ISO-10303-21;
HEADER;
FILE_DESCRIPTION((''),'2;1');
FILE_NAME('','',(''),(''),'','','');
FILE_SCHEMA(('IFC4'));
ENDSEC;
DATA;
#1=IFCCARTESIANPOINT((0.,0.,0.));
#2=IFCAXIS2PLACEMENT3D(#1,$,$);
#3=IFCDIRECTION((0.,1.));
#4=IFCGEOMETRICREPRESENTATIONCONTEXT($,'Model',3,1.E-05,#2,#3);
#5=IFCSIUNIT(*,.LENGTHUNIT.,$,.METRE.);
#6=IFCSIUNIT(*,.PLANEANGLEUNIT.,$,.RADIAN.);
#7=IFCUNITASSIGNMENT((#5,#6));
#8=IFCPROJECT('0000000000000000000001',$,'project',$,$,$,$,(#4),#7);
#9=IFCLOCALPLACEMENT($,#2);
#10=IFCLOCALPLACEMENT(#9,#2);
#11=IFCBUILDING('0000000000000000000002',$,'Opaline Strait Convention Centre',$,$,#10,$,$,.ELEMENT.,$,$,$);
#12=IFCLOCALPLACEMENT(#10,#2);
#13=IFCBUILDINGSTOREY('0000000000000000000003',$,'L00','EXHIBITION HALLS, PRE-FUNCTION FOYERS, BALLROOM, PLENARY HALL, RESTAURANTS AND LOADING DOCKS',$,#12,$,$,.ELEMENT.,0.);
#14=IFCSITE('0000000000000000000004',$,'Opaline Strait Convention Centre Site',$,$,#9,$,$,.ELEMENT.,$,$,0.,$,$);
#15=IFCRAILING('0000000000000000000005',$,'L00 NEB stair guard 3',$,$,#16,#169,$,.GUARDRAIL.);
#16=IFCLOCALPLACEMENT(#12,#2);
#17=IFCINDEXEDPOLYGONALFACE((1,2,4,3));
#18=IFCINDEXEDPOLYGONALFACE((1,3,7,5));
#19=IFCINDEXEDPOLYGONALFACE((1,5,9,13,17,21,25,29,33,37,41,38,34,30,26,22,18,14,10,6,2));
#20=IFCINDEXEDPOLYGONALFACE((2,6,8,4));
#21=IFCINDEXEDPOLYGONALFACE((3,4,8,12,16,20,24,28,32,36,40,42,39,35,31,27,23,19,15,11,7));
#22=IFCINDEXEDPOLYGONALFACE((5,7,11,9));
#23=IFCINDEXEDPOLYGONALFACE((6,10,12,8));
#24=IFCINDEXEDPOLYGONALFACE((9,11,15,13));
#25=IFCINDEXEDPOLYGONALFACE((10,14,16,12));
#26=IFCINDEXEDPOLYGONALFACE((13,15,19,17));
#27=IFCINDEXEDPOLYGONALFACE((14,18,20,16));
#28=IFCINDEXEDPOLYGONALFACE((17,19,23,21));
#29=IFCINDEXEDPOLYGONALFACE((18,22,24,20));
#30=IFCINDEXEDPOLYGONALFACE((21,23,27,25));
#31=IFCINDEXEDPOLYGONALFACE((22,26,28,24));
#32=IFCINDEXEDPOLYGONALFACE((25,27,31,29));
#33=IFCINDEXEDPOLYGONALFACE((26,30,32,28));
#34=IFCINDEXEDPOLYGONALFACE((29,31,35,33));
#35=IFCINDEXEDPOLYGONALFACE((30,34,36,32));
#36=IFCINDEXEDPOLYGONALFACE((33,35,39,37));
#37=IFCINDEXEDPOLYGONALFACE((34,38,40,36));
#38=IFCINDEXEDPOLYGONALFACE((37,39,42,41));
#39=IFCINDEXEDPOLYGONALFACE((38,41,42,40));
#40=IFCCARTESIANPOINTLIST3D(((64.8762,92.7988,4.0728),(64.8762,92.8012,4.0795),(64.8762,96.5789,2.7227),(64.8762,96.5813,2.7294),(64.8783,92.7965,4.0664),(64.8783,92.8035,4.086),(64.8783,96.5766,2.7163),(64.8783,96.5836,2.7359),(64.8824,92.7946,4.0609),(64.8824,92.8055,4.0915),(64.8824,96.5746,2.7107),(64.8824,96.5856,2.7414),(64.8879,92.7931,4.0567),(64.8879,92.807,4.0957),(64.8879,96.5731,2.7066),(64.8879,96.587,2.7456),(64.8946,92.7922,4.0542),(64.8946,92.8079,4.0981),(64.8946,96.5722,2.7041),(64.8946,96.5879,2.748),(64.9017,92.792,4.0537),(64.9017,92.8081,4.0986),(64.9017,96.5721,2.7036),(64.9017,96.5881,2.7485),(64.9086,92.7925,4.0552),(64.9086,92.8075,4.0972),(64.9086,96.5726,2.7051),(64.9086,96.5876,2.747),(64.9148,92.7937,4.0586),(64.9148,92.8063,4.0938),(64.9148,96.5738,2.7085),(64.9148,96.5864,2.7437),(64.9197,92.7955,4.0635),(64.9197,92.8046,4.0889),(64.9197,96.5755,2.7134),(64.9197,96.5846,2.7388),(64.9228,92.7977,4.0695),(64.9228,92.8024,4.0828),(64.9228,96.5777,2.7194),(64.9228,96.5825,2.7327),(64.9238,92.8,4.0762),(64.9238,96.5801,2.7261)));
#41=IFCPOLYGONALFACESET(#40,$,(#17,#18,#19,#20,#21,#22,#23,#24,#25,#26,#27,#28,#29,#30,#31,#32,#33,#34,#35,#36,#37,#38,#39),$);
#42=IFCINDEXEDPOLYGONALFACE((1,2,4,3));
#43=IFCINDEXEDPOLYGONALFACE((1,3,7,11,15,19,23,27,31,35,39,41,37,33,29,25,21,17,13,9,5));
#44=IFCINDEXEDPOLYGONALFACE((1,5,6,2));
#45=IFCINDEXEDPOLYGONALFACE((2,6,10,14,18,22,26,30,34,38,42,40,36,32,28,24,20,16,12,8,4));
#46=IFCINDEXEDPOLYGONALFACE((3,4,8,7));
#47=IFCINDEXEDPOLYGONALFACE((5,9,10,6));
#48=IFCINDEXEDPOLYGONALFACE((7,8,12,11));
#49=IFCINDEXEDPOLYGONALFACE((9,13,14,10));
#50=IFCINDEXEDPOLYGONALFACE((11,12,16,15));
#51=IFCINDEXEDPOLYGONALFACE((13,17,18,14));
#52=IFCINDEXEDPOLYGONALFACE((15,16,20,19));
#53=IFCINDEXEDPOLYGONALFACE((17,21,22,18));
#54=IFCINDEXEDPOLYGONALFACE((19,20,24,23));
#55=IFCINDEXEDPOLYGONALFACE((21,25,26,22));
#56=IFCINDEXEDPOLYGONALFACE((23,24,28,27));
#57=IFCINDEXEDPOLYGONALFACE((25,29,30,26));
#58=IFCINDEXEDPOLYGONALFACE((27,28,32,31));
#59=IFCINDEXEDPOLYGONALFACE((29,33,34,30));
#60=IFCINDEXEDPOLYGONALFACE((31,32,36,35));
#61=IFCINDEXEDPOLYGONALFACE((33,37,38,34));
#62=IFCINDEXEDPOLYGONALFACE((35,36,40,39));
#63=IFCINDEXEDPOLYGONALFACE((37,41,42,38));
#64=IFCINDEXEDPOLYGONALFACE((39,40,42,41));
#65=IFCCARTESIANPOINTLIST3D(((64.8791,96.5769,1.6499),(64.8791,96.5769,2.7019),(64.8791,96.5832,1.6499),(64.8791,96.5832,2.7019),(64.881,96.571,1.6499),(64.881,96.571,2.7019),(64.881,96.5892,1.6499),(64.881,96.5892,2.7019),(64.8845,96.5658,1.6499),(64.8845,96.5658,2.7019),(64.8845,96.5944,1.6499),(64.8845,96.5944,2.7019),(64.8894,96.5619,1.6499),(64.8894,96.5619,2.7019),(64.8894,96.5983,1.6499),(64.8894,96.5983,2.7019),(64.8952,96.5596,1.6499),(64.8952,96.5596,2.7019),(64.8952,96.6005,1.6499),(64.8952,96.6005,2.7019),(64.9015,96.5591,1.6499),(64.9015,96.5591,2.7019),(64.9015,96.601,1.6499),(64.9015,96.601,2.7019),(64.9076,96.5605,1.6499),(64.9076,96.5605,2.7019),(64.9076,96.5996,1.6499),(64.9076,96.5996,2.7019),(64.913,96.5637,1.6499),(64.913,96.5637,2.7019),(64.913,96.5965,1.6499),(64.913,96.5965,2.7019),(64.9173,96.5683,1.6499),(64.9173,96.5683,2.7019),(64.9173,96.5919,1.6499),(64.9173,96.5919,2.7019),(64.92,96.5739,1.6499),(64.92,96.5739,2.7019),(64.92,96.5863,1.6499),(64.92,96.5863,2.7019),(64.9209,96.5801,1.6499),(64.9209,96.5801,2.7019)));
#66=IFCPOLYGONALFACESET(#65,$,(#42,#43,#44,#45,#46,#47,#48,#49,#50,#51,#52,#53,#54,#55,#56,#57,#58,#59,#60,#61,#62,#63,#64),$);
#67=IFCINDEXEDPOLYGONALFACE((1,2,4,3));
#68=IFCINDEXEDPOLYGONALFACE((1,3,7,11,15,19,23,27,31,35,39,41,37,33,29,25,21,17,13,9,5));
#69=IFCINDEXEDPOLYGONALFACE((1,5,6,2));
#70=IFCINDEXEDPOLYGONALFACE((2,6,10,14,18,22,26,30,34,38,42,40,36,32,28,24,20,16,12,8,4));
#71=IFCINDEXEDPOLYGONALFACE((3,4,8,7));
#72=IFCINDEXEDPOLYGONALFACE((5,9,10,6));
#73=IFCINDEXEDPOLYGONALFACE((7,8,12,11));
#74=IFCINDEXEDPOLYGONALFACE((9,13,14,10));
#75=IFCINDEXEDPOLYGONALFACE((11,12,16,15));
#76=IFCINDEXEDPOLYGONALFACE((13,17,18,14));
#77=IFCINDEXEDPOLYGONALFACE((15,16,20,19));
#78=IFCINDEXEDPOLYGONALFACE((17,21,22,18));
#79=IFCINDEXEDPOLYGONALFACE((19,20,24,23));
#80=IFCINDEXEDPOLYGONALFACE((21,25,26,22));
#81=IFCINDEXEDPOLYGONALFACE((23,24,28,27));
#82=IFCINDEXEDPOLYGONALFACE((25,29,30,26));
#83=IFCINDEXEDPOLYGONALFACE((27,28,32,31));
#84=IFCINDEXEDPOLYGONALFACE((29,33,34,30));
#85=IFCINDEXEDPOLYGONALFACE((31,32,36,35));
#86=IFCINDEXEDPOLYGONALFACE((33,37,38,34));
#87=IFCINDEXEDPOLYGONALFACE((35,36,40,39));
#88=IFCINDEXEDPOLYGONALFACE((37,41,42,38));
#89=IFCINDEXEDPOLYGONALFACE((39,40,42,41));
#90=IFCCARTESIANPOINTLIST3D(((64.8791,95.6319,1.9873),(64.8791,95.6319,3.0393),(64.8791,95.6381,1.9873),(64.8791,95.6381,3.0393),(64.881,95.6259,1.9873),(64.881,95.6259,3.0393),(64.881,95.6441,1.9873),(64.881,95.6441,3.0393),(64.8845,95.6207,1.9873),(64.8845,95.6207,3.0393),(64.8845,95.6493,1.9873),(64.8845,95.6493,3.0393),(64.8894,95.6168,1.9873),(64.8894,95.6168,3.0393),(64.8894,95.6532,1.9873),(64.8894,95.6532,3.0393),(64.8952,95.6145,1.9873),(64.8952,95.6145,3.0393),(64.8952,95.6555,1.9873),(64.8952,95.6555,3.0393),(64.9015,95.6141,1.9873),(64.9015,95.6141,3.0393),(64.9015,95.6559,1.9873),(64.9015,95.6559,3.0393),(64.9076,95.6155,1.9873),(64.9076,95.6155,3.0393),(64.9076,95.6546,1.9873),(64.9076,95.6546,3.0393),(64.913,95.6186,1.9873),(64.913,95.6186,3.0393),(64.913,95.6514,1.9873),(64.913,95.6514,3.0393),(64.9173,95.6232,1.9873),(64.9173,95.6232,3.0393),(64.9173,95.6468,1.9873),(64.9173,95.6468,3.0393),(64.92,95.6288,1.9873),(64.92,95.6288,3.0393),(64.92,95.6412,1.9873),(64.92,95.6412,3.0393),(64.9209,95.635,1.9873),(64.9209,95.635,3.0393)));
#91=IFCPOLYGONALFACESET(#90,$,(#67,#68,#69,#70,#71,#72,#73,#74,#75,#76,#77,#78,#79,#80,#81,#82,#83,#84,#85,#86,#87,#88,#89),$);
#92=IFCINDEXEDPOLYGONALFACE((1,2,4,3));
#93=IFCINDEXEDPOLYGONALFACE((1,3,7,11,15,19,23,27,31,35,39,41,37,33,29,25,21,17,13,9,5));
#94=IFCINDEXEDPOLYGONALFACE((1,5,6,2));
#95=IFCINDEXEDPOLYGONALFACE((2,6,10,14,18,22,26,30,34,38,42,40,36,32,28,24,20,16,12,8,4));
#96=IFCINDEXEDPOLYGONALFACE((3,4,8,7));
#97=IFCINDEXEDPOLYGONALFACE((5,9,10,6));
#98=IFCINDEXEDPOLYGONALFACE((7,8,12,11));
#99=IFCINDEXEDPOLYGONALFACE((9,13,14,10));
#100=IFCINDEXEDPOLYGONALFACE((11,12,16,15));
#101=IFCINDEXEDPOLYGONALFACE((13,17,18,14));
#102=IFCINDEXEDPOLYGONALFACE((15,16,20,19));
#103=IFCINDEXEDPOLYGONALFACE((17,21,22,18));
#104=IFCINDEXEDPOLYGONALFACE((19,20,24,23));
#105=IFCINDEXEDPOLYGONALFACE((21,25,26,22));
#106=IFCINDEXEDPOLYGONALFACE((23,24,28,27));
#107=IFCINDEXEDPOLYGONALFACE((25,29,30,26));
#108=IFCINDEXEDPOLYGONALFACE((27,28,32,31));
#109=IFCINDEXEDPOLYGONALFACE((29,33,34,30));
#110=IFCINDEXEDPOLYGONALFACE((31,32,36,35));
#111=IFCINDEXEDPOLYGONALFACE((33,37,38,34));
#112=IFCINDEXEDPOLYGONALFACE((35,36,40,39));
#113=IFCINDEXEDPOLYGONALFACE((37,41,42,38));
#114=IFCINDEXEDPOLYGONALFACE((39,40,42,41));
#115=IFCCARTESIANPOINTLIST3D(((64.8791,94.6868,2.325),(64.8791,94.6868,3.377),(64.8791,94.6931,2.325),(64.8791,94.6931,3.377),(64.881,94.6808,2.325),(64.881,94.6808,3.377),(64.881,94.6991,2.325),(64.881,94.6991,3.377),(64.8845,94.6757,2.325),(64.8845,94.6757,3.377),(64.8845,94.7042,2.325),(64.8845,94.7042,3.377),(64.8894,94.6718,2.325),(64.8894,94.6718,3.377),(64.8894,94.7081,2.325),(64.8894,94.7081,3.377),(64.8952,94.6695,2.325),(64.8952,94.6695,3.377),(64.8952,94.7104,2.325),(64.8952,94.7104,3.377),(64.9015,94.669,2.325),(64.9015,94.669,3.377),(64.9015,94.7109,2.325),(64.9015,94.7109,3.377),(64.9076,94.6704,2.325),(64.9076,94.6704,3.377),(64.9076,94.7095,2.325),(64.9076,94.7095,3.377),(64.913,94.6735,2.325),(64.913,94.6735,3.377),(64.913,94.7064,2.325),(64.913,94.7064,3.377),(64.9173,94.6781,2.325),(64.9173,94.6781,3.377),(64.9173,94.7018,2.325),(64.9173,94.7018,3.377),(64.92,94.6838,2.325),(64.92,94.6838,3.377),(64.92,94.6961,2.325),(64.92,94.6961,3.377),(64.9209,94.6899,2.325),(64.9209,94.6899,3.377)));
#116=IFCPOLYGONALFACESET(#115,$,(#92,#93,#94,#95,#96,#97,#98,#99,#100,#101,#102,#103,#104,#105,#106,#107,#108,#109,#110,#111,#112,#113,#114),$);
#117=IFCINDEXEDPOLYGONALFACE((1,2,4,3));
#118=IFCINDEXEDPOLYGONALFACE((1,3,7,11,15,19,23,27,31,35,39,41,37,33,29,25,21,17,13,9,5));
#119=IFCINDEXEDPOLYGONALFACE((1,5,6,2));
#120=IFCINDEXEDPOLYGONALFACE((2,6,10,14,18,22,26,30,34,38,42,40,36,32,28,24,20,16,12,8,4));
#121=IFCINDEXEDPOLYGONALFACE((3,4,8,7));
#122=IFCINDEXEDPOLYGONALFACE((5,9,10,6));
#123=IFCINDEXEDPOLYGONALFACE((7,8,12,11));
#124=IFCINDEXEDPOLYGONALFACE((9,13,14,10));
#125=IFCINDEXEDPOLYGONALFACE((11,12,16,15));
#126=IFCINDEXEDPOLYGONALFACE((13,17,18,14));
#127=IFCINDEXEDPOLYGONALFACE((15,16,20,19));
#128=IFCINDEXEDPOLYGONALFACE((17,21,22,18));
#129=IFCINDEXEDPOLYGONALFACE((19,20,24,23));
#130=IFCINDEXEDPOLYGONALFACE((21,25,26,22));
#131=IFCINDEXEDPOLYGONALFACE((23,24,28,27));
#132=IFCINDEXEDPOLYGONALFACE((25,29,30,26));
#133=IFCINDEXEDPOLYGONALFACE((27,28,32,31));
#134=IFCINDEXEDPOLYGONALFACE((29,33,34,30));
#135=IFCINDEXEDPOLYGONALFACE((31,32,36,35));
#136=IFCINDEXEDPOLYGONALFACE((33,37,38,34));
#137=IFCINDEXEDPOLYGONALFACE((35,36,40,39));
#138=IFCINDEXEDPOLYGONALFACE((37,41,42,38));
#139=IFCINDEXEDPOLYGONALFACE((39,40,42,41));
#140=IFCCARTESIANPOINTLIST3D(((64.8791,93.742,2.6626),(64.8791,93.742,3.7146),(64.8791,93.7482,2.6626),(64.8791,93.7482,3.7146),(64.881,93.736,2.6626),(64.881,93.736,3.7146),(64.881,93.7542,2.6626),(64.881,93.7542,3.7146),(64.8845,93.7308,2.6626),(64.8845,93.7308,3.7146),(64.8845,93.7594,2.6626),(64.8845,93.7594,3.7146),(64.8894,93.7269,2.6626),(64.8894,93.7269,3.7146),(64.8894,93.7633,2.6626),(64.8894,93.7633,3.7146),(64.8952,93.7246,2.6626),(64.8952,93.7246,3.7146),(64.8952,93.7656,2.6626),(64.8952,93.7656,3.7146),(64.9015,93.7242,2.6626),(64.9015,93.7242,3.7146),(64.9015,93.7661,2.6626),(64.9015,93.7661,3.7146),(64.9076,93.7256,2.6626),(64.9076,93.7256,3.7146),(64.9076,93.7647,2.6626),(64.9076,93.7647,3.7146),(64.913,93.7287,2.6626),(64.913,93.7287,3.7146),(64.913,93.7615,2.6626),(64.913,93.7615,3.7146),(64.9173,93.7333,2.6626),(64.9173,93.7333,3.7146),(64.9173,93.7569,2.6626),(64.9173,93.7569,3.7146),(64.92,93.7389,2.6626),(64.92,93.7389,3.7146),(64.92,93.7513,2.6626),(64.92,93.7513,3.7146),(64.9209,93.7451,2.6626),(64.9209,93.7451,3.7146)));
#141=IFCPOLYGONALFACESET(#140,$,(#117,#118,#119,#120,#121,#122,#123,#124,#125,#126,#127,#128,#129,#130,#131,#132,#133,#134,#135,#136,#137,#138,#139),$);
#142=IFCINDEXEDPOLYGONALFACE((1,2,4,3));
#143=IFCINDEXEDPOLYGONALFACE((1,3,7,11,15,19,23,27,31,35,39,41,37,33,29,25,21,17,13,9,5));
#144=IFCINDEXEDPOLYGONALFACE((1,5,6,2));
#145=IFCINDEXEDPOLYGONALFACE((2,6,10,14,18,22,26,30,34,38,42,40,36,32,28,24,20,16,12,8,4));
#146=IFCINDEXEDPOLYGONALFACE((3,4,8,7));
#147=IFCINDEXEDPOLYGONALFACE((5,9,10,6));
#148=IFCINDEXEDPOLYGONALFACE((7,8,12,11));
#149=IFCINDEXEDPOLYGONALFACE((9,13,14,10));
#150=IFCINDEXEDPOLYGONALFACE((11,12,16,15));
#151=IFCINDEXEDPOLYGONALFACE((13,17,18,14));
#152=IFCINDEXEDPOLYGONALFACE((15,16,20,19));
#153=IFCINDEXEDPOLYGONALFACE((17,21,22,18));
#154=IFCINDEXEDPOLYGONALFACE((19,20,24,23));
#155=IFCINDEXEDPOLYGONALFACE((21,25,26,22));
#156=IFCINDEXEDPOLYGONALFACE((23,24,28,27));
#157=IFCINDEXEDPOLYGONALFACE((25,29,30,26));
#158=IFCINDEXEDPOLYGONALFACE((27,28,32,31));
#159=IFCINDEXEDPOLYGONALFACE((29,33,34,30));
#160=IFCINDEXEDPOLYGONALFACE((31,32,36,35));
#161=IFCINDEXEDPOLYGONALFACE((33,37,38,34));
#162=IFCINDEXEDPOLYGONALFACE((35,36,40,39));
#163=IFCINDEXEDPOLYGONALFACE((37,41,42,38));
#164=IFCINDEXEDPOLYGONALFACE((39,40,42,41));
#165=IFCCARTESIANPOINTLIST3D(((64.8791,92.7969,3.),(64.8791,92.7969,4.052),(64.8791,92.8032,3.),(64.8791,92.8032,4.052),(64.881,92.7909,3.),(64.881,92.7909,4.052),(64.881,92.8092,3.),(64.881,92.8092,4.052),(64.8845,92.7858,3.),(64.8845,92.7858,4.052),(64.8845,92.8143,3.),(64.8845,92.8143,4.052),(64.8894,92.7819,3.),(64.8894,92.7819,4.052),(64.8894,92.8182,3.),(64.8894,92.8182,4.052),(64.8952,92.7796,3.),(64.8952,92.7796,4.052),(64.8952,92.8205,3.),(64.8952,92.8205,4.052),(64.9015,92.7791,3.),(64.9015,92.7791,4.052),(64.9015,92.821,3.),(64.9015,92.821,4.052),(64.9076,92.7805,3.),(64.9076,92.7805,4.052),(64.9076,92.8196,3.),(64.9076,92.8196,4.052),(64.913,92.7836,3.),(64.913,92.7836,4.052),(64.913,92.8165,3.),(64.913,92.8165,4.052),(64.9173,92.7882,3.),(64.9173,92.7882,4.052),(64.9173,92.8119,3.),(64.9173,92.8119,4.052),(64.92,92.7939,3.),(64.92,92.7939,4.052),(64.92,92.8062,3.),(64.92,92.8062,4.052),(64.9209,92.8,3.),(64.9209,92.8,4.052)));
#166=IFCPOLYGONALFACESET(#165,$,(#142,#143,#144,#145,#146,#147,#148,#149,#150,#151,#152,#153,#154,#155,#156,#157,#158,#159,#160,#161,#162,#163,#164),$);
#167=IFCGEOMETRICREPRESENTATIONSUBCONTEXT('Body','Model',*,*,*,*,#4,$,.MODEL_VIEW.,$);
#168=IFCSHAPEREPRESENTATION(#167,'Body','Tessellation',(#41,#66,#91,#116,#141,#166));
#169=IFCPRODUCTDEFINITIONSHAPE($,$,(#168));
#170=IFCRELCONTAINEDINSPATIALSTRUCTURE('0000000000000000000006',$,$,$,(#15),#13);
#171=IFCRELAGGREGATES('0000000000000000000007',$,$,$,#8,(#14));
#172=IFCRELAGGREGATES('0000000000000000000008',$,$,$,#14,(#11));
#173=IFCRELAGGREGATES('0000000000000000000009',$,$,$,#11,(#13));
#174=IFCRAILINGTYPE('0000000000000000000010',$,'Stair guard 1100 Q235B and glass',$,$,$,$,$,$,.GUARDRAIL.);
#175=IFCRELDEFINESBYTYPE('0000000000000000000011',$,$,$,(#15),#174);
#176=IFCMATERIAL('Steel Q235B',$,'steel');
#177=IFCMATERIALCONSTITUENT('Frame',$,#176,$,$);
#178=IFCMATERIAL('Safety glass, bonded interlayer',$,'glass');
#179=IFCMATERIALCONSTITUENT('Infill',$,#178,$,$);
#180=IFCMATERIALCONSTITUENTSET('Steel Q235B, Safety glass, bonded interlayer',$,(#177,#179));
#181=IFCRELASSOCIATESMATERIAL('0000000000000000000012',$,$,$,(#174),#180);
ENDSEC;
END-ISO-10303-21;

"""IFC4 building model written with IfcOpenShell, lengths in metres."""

from ifc_helpers import new_model, si_unit, direction, frame, origin, origin_2d, place, context, subcontext, project, spatial, circle, extrude, material, constituent, constituent_set, type_object, element, save


model = new_model("IFC4")

# Units and contexts
model_context = context("Model", 3, precision=1e-05, world=origin(), true_north=direction((0.0, 1.0)))
body_context = subcontext(model_context, "Body", "Model", "MODEL_VIEW")
ifc_project = project(units=[si_unit("LENGTHUNIT", "METRE"), si_unit("PLANEANGLEUNIT", "RADIAN")], contexts=[model_context])

# Site, building, storey
site_placement = place(None, origin())
site = spatial("IfcSite", under=ifc_project, at=site_placement, Name="Opaline Strait Convention Centre Site", CompositionType="ELEMENT", RefElevation=0.0)
building_placement = place(site_placement, origin())
building = spatial("IfcBuilding", under=site, at=building_placement, Name="Opaline Strait Convention Centre", CompositionType="ELEMENT")
storey_placement = place(building_placement, origin())
storey = spatial("IfcBuildingStorey", under=building, at=storey_placement, Name="L00", Description="EXHIBITION HALLS, PRE-FUNCTION FOYERS, BALLROOM, PLENARY HALL, RESTAURANTS AND LOADING DOCKS", CompositionType="ELEMENT", Elevation=0.0)

# Railing
ifc_material_1 = material(Name="Steel Q235B", Category="steel")
ifc_constituent_1 = constituent(ifc_material_1, Name="Frame")
ifc_material_2 = material(Name="Safety glass, bonded interlayer", Category="glass")
ifc_constituent_2 = constituent(ifc_material_2, Name="Infill")
ifc_constituent_set = constituent_set(constituents=[ifc_constituent_1, ifc_constituent_2], Name="Steel Q235B, Safety glass, bonded interlayer")
railing_type_1 = type_object("IfcRailingType", Name="Stair guard 1100 Q235B and glass", PredefinedType="GUARDRAIL", material=ifc_constituent_set)
railing_1_placement = place(storey_placement, frame((64.8999, 96.5801, 1.6499)))
element("IfcRailing", 1, at=railing_1_placement, inside=storey, type_object=railing_type_1, Name="L00 NEB stair guard 3", PredefinedType="GUARDRAIL", context=body_context, shape_type="SweptSolid", body=[
    extrude(circle(Radius=0.0239, at=origin_2d()), frame((0.0, 0.0, 1.0762), z_axis=(0.0, -0.941735, 0.336356), x_axis=(1.0, 0.0, 0.0)), (0.0, 0.0, 1.0), 4.0139),
    extrude(circle(Radius=0.021, at=origin_2d()), origin(), (0.0, 0.0, 1.0), 1.052),
    extrude(circle(Radius=0.021, at=origin_2d()), frame((0.0, -0.9451, 0.3374)), (0.0, 0.0, 1.0), 1.052),
    extrude(circle(Radius=0.021, at=origin_2d()), frame((0.0, -1.8901, 0.675)), (0.0, 0.0, 1.0), 1.052),
    extrude(circle(Radius=0.021, at=origin_2d()), frame((0.0, -2.835, 1.0127)), (0.0, 0.0, 1.0), 1.052),
    extrude(circle(Radius=0.021, at=origin_2d()), frame((0.0, -3.78, 1.3501)), (0.0, 0.0, 1.0), 1.052),
])

save(model, "model.ifc")
